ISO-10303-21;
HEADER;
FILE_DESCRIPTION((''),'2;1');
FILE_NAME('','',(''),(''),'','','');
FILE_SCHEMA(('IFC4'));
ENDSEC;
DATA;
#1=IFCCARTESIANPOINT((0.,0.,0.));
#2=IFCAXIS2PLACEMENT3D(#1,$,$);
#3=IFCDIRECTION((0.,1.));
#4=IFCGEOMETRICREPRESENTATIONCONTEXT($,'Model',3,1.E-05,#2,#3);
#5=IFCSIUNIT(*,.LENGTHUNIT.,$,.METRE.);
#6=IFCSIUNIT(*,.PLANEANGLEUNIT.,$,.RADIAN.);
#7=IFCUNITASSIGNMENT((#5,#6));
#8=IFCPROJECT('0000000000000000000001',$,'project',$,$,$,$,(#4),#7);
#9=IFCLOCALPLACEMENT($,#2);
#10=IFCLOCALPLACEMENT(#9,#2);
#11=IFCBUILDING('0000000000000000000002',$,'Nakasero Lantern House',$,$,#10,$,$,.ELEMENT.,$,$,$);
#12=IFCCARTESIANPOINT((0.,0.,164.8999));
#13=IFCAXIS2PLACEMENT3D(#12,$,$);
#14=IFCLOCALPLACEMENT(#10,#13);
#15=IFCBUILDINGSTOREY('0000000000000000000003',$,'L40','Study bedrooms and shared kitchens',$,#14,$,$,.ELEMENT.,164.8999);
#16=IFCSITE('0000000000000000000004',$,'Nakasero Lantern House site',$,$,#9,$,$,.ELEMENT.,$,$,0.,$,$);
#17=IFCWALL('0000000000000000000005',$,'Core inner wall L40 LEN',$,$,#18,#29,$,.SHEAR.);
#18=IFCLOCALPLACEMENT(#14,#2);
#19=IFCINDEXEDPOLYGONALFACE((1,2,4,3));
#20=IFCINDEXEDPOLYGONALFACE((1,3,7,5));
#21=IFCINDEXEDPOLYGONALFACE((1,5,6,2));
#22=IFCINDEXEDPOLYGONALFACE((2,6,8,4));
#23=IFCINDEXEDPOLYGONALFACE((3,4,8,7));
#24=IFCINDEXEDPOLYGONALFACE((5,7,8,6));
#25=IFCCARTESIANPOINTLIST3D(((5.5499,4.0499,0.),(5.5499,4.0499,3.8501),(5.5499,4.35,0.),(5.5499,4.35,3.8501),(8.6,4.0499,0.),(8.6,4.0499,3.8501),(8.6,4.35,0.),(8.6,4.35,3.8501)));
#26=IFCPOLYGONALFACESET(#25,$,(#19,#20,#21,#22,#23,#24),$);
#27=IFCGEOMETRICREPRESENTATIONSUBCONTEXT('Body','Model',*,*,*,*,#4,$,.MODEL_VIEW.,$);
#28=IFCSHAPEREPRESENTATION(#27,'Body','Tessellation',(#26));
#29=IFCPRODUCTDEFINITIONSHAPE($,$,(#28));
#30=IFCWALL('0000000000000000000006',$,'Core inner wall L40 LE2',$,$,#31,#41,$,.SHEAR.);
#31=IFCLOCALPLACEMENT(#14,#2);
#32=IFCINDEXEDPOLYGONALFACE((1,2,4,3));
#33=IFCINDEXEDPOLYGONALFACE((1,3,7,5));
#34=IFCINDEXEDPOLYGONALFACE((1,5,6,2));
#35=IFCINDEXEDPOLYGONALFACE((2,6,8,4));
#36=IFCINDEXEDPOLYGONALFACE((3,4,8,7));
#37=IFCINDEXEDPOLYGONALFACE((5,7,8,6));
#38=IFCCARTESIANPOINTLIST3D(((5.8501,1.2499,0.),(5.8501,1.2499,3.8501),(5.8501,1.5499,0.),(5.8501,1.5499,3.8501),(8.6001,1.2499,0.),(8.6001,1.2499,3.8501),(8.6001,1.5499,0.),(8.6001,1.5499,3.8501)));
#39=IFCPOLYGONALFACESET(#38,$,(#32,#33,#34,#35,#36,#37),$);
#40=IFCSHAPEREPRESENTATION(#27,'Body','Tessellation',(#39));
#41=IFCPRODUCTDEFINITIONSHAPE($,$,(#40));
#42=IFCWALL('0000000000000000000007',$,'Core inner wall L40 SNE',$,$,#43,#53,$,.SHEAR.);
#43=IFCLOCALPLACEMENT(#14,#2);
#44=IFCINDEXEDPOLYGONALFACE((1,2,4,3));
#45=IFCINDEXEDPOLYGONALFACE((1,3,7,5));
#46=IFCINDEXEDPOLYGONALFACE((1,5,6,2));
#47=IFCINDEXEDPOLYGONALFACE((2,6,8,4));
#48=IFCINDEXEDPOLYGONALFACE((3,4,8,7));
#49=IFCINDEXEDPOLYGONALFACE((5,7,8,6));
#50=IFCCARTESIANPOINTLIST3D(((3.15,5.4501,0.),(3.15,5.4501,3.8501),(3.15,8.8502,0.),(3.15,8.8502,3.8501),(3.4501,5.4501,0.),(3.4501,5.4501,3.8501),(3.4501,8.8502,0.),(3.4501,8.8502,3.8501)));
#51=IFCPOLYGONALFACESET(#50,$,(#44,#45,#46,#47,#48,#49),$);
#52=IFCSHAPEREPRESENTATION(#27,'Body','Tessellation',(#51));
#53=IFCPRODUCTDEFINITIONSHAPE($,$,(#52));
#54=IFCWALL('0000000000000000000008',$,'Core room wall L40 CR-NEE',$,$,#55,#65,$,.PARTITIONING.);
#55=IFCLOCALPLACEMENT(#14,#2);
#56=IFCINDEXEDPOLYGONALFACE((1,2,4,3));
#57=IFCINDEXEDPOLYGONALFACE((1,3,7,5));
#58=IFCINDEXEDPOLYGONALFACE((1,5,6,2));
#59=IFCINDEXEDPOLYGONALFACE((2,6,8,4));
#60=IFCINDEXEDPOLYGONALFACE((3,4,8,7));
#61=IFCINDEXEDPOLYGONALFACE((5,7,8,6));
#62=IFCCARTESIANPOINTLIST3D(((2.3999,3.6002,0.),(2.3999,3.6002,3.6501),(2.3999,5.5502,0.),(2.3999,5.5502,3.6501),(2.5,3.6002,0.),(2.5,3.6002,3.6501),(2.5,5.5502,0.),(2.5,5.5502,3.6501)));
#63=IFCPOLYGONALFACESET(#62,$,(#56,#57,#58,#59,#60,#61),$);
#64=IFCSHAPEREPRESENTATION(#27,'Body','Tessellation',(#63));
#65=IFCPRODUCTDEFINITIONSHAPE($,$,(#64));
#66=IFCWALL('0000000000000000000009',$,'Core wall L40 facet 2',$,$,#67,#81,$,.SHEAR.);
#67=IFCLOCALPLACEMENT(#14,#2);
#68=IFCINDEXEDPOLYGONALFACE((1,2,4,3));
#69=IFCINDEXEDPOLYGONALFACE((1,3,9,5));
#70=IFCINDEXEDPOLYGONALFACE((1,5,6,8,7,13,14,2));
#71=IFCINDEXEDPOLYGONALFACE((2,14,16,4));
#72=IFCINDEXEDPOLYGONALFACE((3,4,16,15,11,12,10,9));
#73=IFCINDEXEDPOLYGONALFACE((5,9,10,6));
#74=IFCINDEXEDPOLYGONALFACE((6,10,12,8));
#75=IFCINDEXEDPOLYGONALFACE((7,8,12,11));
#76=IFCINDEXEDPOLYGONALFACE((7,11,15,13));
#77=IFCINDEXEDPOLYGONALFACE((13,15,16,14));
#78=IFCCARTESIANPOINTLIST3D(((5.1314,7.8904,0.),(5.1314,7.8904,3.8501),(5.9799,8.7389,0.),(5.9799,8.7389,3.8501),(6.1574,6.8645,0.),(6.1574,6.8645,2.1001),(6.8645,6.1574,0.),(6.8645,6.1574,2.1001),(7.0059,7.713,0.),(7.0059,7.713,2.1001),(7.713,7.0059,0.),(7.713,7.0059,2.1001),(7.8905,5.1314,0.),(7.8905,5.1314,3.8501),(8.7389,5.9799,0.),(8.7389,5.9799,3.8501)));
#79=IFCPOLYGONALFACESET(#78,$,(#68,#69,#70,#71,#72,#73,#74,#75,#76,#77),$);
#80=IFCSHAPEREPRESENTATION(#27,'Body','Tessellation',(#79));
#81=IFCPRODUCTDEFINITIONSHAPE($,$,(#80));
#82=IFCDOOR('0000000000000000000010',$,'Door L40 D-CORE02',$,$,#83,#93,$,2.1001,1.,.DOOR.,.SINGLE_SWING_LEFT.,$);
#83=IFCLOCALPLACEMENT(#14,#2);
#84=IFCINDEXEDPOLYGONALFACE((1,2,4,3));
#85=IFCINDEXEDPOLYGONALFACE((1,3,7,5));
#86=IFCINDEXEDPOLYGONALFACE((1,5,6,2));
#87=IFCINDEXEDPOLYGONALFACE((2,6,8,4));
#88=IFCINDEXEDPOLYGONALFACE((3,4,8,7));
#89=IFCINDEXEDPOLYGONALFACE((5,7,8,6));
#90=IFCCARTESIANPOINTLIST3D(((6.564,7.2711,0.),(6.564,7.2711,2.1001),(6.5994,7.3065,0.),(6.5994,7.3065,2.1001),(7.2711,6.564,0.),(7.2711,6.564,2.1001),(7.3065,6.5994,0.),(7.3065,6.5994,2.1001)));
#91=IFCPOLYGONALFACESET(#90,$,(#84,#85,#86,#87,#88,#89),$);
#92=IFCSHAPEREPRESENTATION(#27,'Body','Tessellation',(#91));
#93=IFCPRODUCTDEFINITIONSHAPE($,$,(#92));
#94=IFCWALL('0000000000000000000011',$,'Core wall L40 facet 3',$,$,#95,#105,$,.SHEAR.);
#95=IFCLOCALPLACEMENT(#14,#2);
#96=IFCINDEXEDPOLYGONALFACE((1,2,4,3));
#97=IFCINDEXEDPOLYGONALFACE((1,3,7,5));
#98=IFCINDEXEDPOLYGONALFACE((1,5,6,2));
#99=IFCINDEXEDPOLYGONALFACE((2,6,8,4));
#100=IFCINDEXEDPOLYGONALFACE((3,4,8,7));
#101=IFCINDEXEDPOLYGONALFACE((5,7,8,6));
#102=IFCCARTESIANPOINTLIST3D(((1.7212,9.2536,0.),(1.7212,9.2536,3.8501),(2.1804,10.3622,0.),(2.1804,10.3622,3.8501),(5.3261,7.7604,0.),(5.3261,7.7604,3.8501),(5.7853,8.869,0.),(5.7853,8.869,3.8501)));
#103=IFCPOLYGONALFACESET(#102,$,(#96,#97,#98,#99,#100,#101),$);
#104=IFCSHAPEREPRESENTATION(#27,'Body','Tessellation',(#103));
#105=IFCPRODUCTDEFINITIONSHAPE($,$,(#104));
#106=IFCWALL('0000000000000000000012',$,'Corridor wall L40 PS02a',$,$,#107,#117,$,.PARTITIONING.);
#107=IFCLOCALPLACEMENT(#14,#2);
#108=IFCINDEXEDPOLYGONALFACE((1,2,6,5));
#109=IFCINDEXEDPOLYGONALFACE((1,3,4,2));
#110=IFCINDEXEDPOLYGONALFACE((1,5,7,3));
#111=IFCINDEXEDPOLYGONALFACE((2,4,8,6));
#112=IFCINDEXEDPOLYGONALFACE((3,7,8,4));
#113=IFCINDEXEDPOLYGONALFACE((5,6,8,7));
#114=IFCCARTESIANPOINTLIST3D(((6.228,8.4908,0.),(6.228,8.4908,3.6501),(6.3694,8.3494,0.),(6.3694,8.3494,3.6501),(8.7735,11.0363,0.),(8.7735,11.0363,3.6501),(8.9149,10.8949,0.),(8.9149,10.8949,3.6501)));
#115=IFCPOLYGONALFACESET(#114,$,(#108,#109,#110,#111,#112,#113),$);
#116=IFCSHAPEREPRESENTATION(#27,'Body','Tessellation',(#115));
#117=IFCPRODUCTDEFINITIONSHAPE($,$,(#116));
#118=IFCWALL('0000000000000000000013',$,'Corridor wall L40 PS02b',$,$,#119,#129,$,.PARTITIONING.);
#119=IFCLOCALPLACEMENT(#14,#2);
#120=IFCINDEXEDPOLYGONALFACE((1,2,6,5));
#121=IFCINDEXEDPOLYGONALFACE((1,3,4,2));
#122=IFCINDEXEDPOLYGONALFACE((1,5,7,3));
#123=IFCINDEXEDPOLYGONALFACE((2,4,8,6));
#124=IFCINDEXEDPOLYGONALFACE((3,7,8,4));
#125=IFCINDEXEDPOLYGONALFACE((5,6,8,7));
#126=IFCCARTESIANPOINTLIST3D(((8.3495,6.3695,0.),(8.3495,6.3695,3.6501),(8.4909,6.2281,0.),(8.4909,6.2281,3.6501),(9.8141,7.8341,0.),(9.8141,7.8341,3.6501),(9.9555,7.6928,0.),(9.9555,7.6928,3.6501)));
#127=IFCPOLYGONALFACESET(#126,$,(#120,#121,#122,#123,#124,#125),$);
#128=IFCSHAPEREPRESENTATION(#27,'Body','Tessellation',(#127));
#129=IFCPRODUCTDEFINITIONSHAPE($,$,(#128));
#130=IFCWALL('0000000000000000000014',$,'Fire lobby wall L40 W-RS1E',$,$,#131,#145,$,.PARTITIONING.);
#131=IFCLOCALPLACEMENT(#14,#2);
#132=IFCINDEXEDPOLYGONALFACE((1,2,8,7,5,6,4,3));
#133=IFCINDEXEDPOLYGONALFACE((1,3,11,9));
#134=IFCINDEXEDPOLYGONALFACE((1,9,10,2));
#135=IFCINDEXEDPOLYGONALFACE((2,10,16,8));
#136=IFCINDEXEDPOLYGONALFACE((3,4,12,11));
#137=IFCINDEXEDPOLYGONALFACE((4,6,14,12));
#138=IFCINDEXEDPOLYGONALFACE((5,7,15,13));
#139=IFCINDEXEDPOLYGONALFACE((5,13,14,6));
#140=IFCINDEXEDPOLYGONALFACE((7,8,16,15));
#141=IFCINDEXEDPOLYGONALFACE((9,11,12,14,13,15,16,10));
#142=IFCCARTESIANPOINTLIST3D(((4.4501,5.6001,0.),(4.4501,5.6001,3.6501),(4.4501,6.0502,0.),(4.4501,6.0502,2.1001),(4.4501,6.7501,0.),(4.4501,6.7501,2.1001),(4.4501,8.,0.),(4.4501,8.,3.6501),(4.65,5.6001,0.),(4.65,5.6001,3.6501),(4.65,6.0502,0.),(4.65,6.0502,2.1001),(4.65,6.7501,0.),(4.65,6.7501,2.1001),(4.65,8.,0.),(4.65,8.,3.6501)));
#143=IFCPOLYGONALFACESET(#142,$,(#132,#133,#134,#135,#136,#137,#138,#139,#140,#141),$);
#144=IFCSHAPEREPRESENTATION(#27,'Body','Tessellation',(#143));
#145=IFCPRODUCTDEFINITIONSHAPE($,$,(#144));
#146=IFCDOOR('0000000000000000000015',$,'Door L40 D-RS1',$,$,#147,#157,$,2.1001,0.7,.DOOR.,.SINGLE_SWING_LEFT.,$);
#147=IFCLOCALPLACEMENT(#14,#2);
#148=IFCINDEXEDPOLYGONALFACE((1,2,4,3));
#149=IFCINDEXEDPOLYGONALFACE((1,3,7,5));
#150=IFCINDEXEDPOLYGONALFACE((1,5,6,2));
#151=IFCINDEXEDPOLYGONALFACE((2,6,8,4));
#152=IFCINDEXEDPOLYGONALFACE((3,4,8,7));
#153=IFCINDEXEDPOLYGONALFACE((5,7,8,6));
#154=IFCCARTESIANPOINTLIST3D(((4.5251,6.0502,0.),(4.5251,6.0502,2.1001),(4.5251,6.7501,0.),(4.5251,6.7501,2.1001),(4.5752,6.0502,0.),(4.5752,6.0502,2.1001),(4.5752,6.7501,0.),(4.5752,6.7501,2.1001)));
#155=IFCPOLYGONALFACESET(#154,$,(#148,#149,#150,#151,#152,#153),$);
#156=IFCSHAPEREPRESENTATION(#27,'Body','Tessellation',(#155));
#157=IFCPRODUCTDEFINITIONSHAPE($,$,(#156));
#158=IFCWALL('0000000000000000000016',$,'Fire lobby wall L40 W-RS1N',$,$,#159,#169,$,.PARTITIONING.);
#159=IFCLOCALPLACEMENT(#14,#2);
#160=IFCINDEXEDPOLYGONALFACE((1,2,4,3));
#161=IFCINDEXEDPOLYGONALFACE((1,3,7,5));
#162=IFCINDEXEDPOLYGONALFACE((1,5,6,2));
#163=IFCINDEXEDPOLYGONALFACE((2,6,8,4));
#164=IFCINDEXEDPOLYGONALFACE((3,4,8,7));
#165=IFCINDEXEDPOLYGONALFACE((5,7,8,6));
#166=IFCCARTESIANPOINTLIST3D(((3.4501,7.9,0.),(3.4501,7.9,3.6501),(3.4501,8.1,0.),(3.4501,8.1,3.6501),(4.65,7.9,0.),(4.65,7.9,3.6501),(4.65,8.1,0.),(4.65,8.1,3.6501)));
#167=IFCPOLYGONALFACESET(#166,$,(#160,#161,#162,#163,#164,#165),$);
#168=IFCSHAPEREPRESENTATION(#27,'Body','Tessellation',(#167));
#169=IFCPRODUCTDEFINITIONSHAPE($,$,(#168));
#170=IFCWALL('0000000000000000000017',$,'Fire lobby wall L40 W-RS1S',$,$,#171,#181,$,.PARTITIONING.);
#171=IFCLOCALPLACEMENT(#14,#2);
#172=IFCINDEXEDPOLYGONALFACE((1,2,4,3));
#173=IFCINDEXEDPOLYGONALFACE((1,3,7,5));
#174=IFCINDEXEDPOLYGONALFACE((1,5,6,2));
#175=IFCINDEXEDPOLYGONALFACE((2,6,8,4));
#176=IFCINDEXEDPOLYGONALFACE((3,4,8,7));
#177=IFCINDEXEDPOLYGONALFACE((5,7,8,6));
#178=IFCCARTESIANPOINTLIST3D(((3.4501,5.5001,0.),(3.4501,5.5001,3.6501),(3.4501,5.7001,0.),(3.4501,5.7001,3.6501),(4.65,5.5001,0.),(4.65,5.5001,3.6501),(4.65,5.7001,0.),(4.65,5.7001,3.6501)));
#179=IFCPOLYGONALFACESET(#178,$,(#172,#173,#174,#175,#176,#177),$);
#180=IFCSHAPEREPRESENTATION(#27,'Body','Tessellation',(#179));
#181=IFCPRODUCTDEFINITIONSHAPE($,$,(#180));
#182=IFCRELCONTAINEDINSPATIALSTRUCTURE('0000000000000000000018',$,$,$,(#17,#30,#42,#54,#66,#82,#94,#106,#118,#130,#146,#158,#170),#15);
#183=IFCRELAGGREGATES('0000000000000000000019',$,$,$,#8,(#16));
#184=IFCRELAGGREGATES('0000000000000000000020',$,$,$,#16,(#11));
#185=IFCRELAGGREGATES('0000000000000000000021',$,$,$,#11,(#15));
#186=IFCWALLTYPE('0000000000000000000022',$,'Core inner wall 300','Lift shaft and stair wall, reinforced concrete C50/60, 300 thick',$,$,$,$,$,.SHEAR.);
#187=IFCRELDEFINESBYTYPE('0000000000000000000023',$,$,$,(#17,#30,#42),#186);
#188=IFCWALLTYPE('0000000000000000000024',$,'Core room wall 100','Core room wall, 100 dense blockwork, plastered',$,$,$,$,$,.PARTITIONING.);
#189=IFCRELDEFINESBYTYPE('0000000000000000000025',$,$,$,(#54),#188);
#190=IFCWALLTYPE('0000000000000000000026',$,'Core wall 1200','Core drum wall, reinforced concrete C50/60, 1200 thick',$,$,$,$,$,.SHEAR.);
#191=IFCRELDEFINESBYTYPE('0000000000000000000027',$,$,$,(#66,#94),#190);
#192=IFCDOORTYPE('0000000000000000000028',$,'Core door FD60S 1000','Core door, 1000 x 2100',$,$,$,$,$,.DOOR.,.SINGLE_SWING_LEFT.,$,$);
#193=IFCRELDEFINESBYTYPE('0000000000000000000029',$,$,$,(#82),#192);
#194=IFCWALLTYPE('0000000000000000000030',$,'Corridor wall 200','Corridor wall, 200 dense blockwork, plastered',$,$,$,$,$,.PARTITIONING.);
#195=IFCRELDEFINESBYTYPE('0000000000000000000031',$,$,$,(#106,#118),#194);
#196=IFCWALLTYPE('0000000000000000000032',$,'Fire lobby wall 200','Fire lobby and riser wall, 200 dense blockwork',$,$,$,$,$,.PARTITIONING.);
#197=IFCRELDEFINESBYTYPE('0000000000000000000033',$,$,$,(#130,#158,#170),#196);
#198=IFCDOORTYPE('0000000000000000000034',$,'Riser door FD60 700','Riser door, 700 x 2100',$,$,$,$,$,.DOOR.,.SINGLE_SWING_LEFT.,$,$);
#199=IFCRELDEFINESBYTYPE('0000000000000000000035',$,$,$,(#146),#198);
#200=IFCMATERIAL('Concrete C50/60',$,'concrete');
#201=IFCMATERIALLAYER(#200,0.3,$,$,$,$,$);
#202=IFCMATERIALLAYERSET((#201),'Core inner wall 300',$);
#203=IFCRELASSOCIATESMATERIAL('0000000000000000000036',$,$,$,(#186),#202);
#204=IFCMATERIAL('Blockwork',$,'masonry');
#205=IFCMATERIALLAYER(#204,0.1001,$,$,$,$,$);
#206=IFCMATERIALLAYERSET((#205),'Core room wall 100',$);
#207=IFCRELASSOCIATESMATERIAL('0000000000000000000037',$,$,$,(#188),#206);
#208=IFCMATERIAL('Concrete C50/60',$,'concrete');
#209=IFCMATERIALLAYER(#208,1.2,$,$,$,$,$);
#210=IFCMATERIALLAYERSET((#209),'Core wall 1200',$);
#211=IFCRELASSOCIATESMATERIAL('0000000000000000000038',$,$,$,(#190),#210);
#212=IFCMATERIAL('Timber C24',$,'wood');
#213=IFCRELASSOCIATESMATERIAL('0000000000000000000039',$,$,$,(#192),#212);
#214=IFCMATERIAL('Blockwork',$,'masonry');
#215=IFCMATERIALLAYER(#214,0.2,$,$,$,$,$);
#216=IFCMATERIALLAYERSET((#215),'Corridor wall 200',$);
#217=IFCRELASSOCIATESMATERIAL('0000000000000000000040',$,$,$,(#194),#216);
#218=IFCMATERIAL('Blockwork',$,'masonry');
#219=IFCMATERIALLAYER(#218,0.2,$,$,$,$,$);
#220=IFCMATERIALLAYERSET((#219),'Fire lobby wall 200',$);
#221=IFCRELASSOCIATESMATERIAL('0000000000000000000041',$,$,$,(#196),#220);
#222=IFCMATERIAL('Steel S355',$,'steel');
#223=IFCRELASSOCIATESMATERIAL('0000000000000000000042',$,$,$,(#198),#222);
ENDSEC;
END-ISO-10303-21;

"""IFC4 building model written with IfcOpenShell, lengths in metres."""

from ifc_helpers import new_model, si_unit, direction, frame, frame_2d, origin, place, context, subcontext, project, spatial, rectangle, extrude, material, layer, layer_set, type_object, element, fill, save


model = new_model("IFC4")

# Units and contexts
model_context = context("Model", 3, precision=1e-05, world=origin(), true_north=direction((0.0, 1.0)))
body_context = subcontext(model_context, "Body", "Model", "MODEL_VIEW")
ifc_project = project(units=[si_unit("LENGTHUNIT", "METRE"), si_unit("PLANEANGLEUNIT", "RADIAN")], contexts=[model_context])

# Site, building, storey
site_placement = place(None, origin())
site = spatial("IfcSite", under=ifc_project, at=site_placement, Name="Nakasero Lantern House site", CompositionType="ELEMENT", RefElevation=0.0)
building_placement = place(site_placement, origin())
building = spatial("IfcBuilding", under=site, at=building_placement, Name="Nakasero Lantern House", CompositionType="ELEMENT")
storey_placement = place(building_placement, frame((0.0, 0.0, 164.8999)))
storey = spatial("IfcBuildingStorey", under=building, at=storey_placement, Name="L40", Description="Study bedrooms and shared kitchens", CompositionType="ELEMENT", Elevation=164.8999)

# Walls
ifc_material_1 = material(Name="Concrete C50/60", Category="concrete")
ifc_layer_1 = layer(ifc_material_1, 0.3)
ifc_layer_set_1 = layer_set([ifc_layer_1], Name="Core inner wall 300")
wall_type_1 = type_object("IfcWallType", Name="Core inner wall 300", Description="Lift shaft and stair wall, reinforced concrete C50/60, 300 thick", PredefinedType="SHEAR", material=ifc_layer_set_1)
wall_1_placement = place(storey_placement, frame((5.55, 4.2, 0.0), z_axis=(0.0, 0.0, 1.0), x_axis=(1.0, 0.0, 0.0)))
element("IfcWall", 1, at=wall_1_placement, inside=storey, type_object=wall_type_1, Name="Core inner wall L40 LEN", PredefinedType="SHEAR", context=body_context, shape_type="SweptSolid", body=[
    extrude(rectangle(XDim=3.05, YDim=0.3, at=frame_2d((1.5249, 0.0))), origin(), (0.0, 0.0, 1.0), 3.8501),
])
wall_2_placement = place(storey_placement, frame((5.8501, 1.3999, 0.0), z_axis=(0.0, 0.0, 1.0), x_axis=(1.0, 0.0, 0.0)))
element("IfcWall", 2, at=wall_2_placement, inside=storey, type_object=wall_type_1, Name="Core inner wall L40 LE2", PredefinedType="SHEAR", context=body_context, shape_type="SweptSolid", body=[
    extrude(rectangle(XDim=2.75, YDim=0.3, at=frame_2d((1.375, 0.0))), origin(), (0.0, 0.0, 1.0), 3.8501),
])
wall_3_placement = place(storey_placement, frame((3.3, 5.45, 0.0), z_axis=(0.0, 0.0, 1.0), x_axis=(0.0, 1.0, 0.0)))
element("IfcWall", 3, at=wall_3_placement, inside=storey, type_object=wall_type_1, Name="Core inner wall L40 SNE", PredefinedType="SHEAR", context=body_context, shape_type="SweptSolid", body=[
    extrude(rectangle(XDim=3.4001, YDim=0.3, at=frame_2d((1.7002, 0.0))), origin(), (0.0, 0.0, 1.0), 3.8501),
])
ifc_material_2 = material(Name="Blockwork", Category="masonry")
ifc_layer_2 = layer(ifc_material_2, 0.1001)
ifc_layer_set_2 = layer_set([ifc_layer_2], Name="Core room wall 100")
wall_type_2 = type_object("IfcWallType", Name="Core room wall 100", Description="Core room wall, 100 dense blockwork, plastered", PredefinedType="PARTITIONING", material=ifc_layer_set_2)
wall_4_placement = place(storey_placement, frame((2.45, 3.6001, 0.0), z_axis=(0.0, 0.0, 1.0), x_axis=(0.0, 1.0, 0.0)))
element("IfcWall", 4, at=wall_4_placement, inside=storey, type_object=wall_type_2, Name="Core room wall L40 CR-NEE", PredefinedType="PARTITIONING", context=body_context, shape_type="SweptSolid", body=[
    extrude(rectangle(XDim=1.95, YDim=0.1001, at=frame_2d((0.9751, 0.0))), origin(), (0.0, 0.0, 1.0), 3.6501),
])

# Wall, opening, door
ifc_material_3 = material(Name="Concrete C50/60", Category="concrete")
ifc_layer_3 = layer(ifc_material_3, 1.2)
ifc_layer_set_3 = layer_set([ifc_layer_3], Name="Core wall 1200")
wall_type_3 = type_object("IfcWallType", Name="Core wall 1200", Description="Core drum wall, reinforced concrete C50/60, 1200 thick", PredefinedType="SHEAR", material=ifc_layer_set_3)
wall_5_placement = place(storey_placement, frame((8.3147, 5.5557, 0.0), z_axis=(0.0, 0.0, 1.0), x_axis=(-0.707107, 0.707107, 0.0)))
wall_5 = element("IfcWall", 5, at=wall_5_placement, inside=storey, type_object=wall_type_3, Name="Core wall L40 facet 2", PredefinedType="SHEAR", context=body_context, shape_type="SweptSolid", body=[
    extrude(rectangle(XDim=3.9019, YDim=1.2, at=frame_2d((1.9509, 0.0))), origin(), (0.0, 0.0, 1.0), 3.8501),
])
opening_1_placement = place(wall_5_placement, frame((1.4509, 0.0, 0.0)))
opening_1 = element("IfcOpeningElement", 6, at=opening_1_placement, cuts=wall_5, PredefinedType="OPENING", context=body_context, shape_type="SweptSolid", body=[
    extrude(rectangle(XDim=1.0, YDim=2.1001, at=frame_2d((0.5, 1.05))), frame((0.0, 0.6199, 0.0), z_axis=(0.0, -1.0, 0.0), x_axis=(1.0, 0.0, 0.0)), (0.0, 0.0, 1.0), 1.24),
])
ifc_material_4 = material(Name="Timber C24", Category="wood")
door_type_1 = type_object("IfcDoorType", Name="Core door FD60S 1000", Description="Core door, 1000 x 2100", OperationType="SINGLE_SWING_LEFT", PredefinedType="DOOR", material=ifc_material_4)
door_1_placement = place(opening_1_placement, origin())
door_1 = element("IfcDoor", 7, at=door_1_placement, inside=storey, type_object=door_type_1, Name="Door L40 D-CORE02", OperationType="SINGLE_SWING_LEFT", OverallHeight=2.1001, OverallWidth=1.0, PredefinedType="DOOR", context=body_context, shape_type="SweptSolid", body=[
    extrude(rectangle(XDim=1.0, YDim=2.1001, at=frame_2d((0.5, 1.05))), frame((0.0, 0.0249, 0.0), z_axis=(0.0, -1.0, 0.0), x_axis=(1.0, 0.0, 0.0)), (0.0, 0.0, 1.0), 0.05),
])
fill(opening_1, door_1)

# Walls
wall_6_placement = place(storey_placement, frame((5.5557, 8.3147, 0.0), z_axis=(0.0, 0.0, 1.0), x_axis=(-0.923877, 0.382691, 0.0)))
element("IfcWall", 8, at=wall_6_placement, inside=storey, type_object=wall_type_3, Name="Core wall L40 facet 3", PredefinedType="SHEAR", context=body_context, shape_type="SweptSolid", body=[
    extrude(rectangle(XDim=3.9019, YDim=1.2, at=frame_2d((1.9509, 0.0))), origin(), (0.0, 0.0, 1.0), 3.8501),
])
ifc_material_5 = material(Name="Blockwork", Category="masonry")
ifc_layer_4 = layer(ifc_material_5, 0.2)
ifc_layer_set_4 = layer_set([ifc_layer_4], Name="Corridor wall 200")
wall_type_4 = type_object("IfcWallType", Name="Corridor wall 200", Description="Corridor wall, 200 dense blockwork, plastered", PredefinedType="PARTITIONING", material=ifc_layer_set_4)
wall_7_placement = place(storey_placement, frame((6.2988, 8.4202, 0.0), z_axis=(0.0, 0.0, 1.0), x_axis=(0.707107, 0.707107, 0.0)))
element("IfcWall", 9, at=wall_7_placement, inside=storey, type_object=wall_type_4, Name="Corridor wall L40 PS02a", PredefinedType="PARTITIONING", context=body_context, shape_type="SweptSolid", body=[
    extrude(rectangle(XDim=3.5999, YDim=0.2, at=frame_2d((1.7998, 0.0))), origin(), (0.0, 0.0, 1.0), 3.6501),
])
wall_8_placement = place(storey_placement, frame((8.4202, 6.2988, 0.0), z_axis=(0.0, 0.0, 1.0), x_axis=(0.707107, 0.707107, 0.0)))
element("IfcWall", 10, at=wall_8_placement, inside=storey, type_object=wall_type_4, Name="Corridor wall L40 PS02b", PredefinedType="PARTITIONING", context=body_context, shape_type="SweptSolid", body=[
    extrude(rectangle(XDim=2.0713, YDim=0.2, at=frame_2d((1.0356, 0.0))), origin(), (0.0, 0.0, 1.0), 3.6501),
])

# Wall, opening, door
ifc_material_6 = material(Name="Blockwork", Category="masonry")
ifc_layer_5 = layer(ifc_material_6, 0.2)
ifc_layer_set_5 = layer_set([ifc_layer_5], Name="Fire lobby wall 200")
wall_type_5 = type_object("IfcWallType", Name="Fire lobby wall 200", Description="Fire lobby and riser wall, 200 dense blockwork", PredefinedType="PARTITIONING", material=ifc_layer_set_5)
wall_9_placement = place(storey_placement, frame((4.55, 5.6001, 0.0), z_axis=(0.0, 0.0, 1.0), x_axis=(0.0, 1.0, 0.0)))
wall_9 = element("IfcWall", 11, at=wall_9_placement, inside=storey, type_object=wall_type_5, Name="Fire lobby wall L40 W-RS1E", PredefinedType="PARTITIONING", context=body_context, shape_type="SweptSolid", body=[
    extrude(rectangle(XDim=2.3999, YDim=0.2, at=frame_2d((1.2, 0.0))), origin(), (0.0, 0.0, 1.0), 3.6501),
])
opening_2_placement = place(wall_9_placement, frame((0.45, 0.0, 0.0)))
opening_2 = element("IfcOpeningElement", 12, at=opening_2_placement, cuts=wall_9, PredefinedType="OPENING", context=body_context, shape_type="SweptSolid", body=[
    extrude(rectangle(XDim=0.7, YDim=2.1001, at=frame_2d((0.3501, 1.05))), frame((0.0, 0.1199, 0.0), z_axis=(0.0, -1.0, 0.0), x_axis=(1.0, 0.0, 0.0)), (0.0, 0.0, 1.0), 0.24),
])
ifc_material_7 = material(Name="Steel S355", Category="steel")
door_type_2 = type_object("IfcDoorType", Name="Riser door FD60 700", Description="Riser door, 700 x 2100", OperationType="SINGLE_SWING_LEFT", PredefinedType="DOOR", material=ifc_material_7)
door_2_placement = place(opening_2_placement, origin())
door_2 = element("IfcDoor", 13, at=door_2_placement, inside=storey, type_object=door_type_2, Name="Door L40 D-RS1", OperationType="SINGLE_SWING_LEFT", OverallHeight=2.1001, OverallWidth=0.7, PredefinedType="DOOR", context=body_context, shape_type="SweptSolid", body=[
    extrude(rectangle(XDim=0.7, YDim=2.1001, at=frame_2d((0.3501, 1.05))), frame((0.0, 0.0249, 0.0), z_axis=(0.0, -1.0, 0.0), x_axis=(1.0, 0.0, 0.0)), (0.0, 0.0, 1.0), 0.05),
])
fill(opening_2, door_2)

# Walls
for number, where, z_axis, x_axis, name in (
    (14, (3.45, 8.0, 0.0), (0.0, 0.0, 1.0), (1.0, 0.0, 0.0), "Fire lobby wall L40 W-RS1N"),
    (15, (3.45, 5.6001, 0.0), (0.0, 0.0, 1.0), (1.0, 0.0, 0.0), "Fire lobby wall L40 W-RS1S"),
):
    element("IfcWall", number, at=place(storey_placement, frame(where, z_axis=z_axis, x_axis=x_axis)), inside=storey, type_object=wall_type_5, Name=name, PredefinedType="PARTITIONING", context=body_context, shape_type="SweptSolid", body=[
        extrude(rectangle(XDim=1.2, YDim=0.2, at=frame_2d((0.6001, 0.0))), origin(), (0.0, 0.0, 1.0), 3.6501),
    ])

save(model, "model.ifc")
